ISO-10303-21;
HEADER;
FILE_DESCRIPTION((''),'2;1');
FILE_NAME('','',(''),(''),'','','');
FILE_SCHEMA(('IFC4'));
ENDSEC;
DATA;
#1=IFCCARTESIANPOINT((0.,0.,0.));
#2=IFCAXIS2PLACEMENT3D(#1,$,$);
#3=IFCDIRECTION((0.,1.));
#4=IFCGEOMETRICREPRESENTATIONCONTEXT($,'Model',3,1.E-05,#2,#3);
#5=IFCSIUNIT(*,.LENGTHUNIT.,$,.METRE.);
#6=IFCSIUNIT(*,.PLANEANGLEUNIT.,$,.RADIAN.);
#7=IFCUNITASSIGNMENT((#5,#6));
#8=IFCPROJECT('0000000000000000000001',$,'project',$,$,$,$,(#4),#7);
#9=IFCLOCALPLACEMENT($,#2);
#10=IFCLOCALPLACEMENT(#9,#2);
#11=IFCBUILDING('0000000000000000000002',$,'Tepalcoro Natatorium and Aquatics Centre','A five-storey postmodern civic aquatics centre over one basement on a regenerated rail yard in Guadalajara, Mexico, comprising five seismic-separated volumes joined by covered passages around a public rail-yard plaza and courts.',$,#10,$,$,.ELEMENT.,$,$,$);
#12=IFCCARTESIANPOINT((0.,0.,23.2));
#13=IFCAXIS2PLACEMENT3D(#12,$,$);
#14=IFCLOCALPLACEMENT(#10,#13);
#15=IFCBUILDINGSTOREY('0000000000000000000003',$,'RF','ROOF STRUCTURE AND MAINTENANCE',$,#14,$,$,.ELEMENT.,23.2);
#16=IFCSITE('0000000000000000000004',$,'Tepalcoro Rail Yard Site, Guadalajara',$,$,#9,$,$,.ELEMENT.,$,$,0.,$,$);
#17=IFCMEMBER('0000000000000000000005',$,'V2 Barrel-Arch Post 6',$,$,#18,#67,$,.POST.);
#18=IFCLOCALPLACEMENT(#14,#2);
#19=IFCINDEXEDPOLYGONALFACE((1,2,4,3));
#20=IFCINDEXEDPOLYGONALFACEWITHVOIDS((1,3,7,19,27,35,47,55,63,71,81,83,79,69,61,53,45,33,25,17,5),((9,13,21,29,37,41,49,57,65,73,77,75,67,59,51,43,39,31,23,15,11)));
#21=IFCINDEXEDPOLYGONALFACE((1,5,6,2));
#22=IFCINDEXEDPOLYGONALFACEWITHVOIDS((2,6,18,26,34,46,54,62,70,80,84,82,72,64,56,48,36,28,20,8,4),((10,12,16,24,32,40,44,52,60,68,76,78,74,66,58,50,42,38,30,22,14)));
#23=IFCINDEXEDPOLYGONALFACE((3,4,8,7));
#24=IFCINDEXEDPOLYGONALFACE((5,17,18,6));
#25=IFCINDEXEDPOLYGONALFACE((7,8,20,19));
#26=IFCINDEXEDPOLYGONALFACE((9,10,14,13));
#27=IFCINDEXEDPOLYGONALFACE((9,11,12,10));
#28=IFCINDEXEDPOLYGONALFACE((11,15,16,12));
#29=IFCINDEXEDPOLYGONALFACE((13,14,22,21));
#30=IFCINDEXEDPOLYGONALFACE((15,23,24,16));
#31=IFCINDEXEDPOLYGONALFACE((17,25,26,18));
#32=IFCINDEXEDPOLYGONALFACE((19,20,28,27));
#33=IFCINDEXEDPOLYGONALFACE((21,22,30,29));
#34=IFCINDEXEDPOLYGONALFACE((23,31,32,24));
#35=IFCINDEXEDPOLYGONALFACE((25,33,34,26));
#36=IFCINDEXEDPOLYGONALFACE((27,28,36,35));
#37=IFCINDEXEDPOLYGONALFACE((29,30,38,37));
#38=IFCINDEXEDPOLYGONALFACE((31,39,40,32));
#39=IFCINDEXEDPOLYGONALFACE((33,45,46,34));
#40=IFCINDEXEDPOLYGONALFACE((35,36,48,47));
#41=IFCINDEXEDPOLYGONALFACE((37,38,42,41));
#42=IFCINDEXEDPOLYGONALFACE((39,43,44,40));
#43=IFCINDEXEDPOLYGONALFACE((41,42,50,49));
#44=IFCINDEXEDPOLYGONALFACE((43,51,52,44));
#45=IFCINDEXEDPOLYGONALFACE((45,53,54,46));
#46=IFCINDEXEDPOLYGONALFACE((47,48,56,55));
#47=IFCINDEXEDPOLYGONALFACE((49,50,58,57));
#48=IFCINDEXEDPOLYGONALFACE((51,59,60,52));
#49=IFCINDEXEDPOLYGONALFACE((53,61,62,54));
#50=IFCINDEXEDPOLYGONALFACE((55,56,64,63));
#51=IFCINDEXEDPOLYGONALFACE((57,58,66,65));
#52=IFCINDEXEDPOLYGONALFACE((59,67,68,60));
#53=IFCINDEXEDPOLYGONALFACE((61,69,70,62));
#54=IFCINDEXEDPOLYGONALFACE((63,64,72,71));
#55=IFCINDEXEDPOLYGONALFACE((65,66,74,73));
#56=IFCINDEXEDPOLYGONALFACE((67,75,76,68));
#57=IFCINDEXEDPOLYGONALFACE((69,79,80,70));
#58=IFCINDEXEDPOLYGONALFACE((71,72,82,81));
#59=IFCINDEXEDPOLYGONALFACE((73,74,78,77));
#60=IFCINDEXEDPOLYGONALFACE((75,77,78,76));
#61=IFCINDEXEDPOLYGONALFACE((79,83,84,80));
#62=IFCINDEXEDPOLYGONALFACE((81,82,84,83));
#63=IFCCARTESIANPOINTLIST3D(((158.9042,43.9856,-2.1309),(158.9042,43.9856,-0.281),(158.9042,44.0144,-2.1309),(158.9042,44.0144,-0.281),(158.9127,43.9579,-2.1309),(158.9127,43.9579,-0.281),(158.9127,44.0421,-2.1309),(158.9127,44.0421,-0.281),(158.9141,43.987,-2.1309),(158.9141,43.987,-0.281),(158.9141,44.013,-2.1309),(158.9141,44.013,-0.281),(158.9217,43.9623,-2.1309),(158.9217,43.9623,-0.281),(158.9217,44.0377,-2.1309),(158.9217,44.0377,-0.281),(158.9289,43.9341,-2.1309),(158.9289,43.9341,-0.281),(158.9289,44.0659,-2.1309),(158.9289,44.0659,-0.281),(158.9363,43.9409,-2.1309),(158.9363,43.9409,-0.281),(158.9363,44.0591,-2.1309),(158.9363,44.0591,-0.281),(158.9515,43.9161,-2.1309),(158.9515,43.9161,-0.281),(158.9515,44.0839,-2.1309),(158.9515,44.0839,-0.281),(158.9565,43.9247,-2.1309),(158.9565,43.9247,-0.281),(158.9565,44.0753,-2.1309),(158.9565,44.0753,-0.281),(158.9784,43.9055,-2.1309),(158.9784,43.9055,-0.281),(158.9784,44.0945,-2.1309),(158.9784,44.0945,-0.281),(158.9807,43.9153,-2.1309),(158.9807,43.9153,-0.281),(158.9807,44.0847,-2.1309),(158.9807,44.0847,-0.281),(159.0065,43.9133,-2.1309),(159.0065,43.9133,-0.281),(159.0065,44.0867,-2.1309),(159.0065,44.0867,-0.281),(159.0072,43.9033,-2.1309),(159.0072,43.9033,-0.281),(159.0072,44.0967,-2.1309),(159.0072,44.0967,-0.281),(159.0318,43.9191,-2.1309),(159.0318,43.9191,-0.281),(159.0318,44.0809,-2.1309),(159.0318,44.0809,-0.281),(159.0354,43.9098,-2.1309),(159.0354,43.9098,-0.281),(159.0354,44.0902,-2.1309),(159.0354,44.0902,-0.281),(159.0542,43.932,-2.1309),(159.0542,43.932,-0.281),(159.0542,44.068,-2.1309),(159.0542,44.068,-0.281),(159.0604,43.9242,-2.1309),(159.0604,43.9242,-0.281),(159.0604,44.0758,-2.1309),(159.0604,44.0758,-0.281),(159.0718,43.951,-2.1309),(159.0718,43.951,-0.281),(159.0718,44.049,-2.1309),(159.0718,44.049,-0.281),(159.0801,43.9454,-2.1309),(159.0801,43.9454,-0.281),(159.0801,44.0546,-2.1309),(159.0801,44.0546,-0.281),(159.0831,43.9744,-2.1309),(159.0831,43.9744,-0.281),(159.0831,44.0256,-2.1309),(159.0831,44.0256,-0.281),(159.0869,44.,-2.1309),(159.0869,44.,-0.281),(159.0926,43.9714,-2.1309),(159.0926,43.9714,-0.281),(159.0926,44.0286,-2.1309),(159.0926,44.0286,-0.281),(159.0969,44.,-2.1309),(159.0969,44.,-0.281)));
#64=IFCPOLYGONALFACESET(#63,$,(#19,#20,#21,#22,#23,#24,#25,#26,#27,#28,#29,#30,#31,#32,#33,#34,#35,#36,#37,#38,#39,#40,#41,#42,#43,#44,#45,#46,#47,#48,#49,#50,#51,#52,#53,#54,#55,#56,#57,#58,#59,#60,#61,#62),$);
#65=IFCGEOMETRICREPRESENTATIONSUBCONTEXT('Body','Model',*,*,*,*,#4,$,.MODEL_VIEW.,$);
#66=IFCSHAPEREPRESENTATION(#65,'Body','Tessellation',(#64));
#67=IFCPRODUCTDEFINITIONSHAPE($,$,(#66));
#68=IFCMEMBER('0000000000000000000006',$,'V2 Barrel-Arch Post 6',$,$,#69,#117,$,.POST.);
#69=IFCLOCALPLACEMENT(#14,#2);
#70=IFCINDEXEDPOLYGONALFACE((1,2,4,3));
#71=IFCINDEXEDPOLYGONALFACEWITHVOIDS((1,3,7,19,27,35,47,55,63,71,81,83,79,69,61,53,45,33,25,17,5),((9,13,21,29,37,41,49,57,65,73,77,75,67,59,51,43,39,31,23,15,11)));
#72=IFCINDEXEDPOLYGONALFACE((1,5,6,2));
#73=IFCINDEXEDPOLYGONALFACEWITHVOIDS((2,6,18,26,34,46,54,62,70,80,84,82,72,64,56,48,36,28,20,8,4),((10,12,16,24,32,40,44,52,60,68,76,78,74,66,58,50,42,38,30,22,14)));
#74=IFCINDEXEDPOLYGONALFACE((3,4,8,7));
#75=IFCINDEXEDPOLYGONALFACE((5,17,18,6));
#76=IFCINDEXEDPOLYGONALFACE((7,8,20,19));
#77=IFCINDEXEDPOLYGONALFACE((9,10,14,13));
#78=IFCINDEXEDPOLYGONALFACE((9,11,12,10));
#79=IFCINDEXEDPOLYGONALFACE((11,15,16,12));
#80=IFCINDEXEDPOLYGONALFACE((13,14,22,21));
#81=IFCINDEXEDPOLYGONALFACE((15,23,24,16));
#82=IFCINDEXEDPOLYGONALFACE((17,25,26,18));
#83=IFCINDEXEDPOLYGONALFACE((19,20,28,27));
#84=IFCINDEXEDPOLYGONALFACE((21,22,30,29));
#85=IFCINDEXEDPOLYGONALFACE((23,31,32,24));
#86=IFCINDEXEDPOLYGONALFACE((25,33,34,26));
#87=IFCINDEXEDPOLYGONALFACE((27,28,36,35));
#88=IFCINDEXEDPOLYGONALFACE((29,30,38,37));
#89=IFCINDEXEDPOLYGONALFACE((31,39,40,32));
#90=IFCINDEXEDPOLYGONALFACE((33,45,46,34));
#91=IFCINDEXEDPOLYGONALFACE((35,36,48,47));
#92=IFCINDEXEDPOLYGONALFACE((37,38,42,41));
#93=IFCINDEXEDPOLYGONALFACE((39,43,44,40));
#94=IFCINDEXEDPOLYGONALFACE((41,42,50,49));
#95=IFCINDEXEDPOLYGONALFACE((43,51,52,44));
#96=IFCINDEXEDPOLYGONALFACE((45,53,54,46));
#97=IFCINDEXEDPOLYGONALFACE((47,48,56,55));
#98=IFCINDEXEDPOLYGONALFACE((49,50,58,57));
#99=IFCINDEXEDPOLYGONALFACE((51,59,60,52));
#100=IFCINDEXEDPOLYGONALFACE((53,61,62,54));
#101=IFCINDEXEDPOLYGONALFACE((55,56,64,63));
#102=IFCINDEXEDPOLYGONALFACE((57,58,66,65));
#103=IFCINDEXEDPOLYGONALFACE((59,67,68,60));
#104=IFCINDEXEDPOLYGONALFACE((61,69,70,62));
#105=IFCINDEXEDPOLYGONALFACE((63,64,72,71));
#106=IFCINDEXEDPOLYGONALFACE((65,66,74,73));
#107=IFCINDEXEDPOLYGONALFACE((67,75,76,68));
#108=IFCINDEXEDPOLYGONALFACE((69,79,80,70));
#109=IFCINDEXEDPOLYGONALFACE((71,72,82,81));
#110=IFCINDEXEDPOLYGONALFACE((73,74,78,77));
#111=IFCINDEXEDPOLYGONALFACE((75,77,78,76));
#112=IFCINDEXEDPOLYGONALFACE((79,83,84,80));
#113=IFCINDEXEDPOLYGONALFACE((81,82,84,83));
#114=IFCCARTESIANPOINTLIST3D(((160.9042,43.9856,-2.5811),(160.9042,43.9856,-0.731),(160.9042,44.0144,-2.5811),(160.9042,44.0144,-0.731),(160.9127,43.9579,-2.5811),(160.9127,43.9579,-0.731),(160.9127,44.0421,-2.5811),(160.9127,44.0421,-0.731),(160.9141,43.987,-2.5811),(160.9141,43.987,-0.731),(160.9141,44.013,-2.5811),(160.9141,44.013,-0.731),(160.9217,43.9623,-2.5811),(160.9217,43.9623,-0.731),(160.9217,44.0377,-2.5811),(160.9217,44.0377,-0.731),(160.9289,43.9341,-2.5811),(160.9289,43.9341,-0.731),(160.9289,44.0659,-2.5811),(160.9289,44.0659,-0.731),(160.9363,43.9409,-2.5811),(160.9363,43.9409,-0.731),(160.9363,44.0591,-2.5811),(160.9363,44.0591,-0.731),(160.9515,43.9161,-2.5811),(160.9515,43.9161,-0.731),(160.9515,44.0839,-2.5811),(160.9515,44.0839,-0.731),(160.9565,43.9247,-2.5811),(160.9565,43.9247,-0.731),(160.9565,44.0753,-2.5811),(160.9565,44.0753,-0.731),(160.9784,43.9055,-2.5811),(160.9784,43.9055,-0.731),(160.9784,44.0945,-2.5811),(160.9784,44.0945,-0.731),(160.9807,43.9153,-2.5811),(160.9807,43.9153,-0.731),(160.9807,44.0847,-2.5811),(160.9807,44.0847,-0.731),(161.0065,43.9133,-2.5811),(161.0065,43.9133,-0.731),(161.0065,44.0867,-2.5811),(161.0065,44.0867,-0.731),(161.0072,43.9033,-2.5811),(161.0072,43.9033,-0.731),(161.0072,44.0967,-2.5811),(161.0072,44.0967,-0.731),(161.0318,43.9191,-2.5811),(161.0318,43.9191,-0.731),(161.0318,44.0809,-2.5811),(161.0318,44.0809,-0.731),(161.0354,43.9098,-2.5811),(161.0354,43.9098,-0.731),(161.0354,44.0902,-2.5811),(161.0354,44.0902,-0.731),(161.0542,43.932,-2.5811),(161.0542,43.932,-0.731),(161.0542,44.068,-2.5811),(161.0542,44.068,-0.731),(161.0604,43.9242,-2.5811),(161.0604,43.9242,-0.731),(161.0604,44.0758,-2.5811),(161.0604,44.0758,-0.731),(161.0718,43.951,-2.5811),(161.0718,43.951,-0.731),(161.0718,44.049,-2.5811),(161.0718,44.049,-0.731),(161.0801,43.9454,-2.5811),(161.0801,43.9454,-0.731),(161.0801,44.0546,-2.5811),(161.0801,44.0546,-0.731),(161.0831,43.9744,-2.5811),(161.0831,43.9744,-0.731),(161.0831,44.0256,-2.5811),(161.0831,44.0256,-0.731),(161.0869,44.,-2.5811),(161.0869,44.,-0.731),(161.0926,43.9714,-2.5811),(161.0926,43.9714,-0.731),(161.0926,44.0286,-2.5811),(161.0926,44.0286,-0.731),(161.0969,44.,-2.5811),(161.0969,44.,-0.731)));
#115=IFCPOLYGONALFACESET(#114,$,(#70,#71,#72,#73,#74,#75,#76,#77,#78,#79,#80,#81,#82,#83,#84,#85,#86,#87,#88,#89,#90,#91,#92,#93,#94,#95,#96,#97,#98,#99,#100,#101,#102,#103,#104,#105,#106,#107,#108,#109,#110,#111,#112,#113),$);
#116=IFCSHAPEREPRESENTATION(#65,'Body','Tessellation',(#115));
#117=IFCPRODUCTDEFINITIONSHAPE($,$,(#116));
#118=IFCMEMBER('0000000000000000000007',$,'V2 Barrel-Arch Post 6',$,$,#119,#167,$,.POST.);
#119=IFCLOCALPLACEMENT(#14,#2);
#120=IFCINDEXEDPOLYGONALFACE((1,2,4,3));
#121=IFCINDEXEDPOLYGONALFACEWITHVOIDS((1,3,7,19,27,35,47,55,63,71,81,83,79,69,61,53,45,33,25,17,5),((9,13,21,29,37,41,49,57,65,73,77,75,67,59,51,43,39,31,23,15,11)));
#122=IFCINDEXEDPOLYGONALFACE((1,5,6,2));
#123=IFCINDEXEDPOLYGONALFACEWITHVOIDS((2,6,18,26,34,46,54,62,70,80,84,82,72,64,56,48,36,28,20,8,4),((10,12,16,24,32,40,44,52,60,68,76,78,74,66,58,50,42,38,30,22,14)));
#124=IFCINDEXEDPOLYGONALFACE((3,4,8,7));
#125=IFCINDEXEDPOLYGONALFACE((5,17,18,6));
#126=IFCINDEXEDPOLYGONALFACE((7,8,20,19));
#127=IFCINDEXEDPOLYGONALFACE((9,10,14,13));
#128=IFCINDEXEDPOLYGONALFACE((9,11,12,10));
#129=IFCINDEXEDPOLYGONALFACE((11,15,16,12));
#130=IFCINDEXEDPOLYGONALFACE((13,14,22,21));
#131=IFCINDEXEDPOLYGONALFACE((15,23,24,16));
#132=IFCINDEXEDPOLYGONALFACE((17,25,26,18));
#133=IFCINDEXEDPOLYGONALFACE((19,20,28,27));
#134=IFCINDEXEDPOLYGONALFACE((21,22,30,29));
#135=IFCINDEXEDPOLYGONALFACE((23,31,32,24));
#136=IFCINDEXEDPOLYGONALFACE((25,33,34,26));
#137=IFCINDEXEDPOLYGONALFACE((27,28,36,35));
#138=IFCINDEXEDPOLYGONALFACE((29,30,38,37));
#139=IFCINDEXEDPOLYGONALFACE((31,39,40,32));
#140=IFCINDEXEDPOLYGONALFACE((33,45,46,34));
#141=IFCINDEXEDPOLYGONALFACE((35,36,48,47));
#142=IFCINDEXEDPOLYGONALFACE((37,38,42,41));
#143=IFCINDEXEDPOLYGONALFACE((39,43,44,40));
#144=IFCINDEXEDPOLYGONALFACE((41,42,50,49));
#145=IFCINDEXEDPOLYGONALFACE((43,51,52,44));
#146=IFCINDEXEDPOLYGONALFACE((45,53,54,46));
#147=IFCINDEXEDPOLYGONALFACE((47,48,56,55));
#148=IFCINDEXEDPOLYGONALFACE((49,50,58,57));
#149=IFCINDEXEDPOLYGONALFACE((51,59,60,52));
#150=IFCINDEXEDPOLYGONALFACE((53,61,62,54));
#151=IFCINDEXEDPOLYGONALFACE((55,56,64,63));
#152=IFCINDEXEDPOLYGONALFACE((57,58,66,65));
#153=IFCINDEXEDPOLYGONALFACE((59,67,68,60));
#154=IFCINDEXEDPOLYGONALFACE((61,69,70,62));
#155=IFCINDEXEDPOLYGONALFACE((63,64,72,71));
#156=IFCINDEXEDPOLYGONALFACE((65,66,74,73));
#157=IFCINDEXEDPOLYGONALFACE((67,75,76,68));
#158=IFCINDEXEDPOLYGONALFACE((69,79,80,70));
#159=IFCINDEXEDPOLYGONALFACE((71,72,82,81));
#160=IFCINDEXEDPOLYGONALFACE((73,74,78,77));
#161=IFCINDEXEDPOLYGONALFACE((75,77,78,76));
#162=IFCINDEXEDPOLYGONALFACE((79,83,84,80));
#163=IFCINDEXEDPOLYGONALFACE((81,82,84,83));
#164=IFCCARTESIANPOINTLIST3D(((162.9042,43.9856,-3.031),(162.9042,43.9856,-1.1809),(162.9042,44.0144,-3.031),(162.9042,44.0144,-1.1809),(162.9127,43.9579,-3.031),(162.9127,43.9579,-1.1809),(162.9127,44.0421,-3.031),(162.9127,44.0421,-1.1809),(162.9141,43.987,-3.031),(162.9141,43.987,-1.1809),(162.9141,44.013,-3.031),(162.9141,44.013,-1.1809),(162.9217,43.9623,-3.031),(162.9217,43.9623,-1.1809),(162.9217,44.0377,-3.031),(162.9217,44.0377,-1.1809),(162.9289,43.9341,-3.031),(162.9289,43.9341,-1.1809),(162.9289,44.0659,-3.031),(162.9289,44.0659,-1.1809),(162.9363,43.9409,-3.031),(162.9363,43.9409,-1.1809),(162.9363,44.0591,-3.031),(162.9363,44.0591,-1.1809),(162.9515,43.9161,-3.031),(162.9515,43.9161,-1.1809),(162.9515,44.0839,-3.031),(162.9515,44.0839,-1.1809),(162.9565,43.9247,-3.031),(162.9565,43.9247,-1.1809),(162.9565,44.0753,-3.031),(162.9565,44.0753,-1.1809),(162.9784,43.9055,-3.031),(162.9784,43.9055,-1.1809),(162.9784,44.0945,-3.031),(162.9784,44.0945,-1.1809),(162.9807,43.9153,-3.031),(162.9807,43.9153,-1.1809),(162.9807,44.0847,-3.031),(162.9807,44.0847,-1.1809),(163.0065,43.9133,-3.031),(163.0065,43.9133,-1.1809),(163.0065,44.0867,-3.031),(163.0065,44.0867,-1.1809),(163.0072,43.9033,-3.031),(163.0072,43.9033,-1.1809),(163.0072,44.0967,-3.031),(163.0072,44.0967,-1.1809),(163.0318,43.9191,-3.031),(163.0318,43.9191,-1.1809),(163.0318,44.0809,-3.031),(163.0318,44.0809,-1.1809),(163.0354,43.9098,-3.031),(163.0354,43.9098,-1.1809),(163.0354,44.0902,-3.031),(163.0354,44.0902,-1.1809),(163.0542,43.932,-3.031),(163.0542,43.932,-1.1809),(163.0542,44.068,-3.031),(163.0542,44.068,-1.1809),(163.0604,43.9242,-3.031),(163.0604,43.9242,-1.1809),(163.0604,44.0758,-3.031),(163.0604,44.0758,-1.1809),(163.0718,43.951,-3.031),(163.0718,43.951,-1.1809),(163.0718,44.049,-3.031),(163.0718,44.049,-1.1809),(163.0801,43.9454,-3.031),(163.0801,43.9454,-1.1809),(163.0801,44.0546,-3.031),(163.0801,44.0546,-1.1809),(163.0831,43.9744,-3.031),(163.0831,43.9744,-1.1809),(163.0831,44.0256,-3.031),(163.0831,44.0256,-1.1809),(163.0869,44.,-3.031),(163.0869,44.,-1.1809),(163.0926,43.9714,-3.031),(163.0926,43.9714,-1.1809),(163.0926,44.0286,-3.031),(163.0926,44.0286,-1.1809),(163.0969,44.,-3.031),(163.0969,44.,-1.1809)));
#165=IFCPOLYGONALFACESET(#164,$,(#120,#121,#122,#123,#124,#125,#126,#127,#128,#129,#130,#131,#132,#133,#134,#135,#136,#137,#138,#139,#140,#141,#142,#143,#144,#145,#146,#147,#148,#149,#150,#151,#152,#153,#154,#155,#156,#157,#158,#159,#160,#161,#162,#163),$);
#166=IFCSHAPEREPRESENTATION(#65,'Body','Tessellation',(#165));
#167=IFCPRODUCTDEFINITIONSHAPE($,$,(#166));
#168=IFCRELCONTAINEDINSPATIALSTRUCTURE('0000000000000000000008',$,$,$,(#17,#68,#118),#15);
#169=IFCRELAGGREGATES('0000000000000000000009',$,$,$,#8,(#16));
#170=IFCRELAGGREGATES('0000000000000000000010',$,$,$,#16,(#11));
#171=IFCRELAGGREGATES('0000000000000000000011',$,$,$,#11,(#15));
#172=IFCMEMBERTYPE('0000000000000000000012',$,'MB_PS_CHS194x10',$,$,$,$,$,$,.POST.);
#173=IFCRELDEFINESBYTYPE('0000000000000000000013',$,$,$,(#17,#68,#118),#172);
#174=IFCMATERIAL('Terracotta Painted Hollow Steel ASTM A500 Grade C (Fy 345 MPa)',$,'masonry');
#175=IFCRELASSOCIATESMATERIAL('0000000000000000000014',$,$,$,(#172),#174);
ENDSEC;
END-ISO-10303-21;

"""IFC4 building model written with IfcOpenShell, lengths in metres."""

from ifc_helpers import new_model, si_unit, direction, frame, origin, origin_2d, place, context, subcontext, project, spatial, hollow_circle, extrude, material, material_profile, profile_set, type_object, element, save


model = new_model("IFC4")

# Units and contexts
model_context = context("Model", 3, precision=1e-05, world=origin(), true_north=direction((0.0, 1.0)))
body_context = subcontext(model_context, "Body", "Model", "MODEL_VIEW")
ifc_project = project(units=[si_unit("LENGTHUNIT", "METRE"), si_unit("PLANEANGLEUNIT", "RADIAN")], contexts=[model_context])

# Site, building, storey
site_placement = place(None, origin())
site = spatial("IfcSite", under=ifc_project, at=site_placement, Name="Tepalcoro Rail Yard Site, Guadalajara", CompositionType="ELEMENT", RefElevation=0.0)
building_placement = place(site_placement, origin())
building = spatial("IfcBuilding", under=site, at=building_placement, Name="Tepalcoro Natatorium and Aquatics Centre", Description="A five-storey postmodern civic aquatics centre over one basement on a regenerated rail yard in Guadalajara, Mexico, comprising five seismic-separated volumes joined by covered passages around a public rail-yard plaza and courts.", CompositionType="ELEMENT")
storey_placement = place(building_placement, frame((0.0, 0.0, 23.2)))
storey = spatial("IfcBuildingStorey", under=building, at=storey_placement, Name="RF", Description="ROOF STRUCTURE AND MAINTENANCE", CompositionType="ELEMENT", Elevation=23.2)

# Shared definitions
ifc_material_1 = material(Name="Terracotta Painted Hollow Steel ASTM A500 Grade C (Fy 345 MPa)", Category="masonry")

# Members
ifc_material_profile_1 = material_profile(ifc_material_1, hollow_circle(Radius=0.0969, WallThickness=0.01, at=origin_2d()), Name="CHS194X10")
ifc_profile_set_1 = profile_set([ifc_material_profile_1], Name="Terracotta Painted Hollow Steel ASTM A500 Grade C (Fy 345 MPa)")
member_type_1 = type_object("IfcMemberType", Name="MB_PS_CHS194x10", PredefinedType="POST", material=ifc_profile_set_1)
member_1_placement = place(storey_placement, frame((159.0, 44.0, -2.1309), z_axis=(0.0, 0.0, 1.0), x_axis=(1.0, 0.0, 0.0)))
element("IfcMember", 1, at=member_1_placement, inside=storey, type_object=member_type_1, Name="V2 Barrel-Arch Post 6", PredefinedType="POST", context=body_context, shape_type="SweptSolid", body=[
    extrude(hollow_circle(Radius=0.0969, WallThickness=0.01, at=origin_2d()), origin(), (0.0, 0.0, 1.0), 1.8499),
])
for number, where, z_axis, x_axis, name in (
    (2, (161.0, 44.0, -2.5811), (0.0, 0.0, 1.0), (1.0, 0.0, 0.0), "V2 Barrel-Arch Post 6"),
    (3, (163.0, 44.0, -3.031), (0.0, 0.0, 1.0), (1.0, 0.0, 0.0), "V2 Barrel-Arch Post 6"),
):
    element("IfcMember", number, at=place(storey_placement, frame(where, z_axis=z_axis, x_axis=x_axis)), inside=storey, type_object=member_type_1, Name=name, PredefinedType="POST", context=body_context, shape_type="SweptSolid", body=[
        extrude(hollow_circle(Radius=0.0969, WallThickness=0.01, at=origin_2d()), origin(), (0.0, 0.0, 1.0), 1.8501),
    ])

save(model, "model.ifc")
